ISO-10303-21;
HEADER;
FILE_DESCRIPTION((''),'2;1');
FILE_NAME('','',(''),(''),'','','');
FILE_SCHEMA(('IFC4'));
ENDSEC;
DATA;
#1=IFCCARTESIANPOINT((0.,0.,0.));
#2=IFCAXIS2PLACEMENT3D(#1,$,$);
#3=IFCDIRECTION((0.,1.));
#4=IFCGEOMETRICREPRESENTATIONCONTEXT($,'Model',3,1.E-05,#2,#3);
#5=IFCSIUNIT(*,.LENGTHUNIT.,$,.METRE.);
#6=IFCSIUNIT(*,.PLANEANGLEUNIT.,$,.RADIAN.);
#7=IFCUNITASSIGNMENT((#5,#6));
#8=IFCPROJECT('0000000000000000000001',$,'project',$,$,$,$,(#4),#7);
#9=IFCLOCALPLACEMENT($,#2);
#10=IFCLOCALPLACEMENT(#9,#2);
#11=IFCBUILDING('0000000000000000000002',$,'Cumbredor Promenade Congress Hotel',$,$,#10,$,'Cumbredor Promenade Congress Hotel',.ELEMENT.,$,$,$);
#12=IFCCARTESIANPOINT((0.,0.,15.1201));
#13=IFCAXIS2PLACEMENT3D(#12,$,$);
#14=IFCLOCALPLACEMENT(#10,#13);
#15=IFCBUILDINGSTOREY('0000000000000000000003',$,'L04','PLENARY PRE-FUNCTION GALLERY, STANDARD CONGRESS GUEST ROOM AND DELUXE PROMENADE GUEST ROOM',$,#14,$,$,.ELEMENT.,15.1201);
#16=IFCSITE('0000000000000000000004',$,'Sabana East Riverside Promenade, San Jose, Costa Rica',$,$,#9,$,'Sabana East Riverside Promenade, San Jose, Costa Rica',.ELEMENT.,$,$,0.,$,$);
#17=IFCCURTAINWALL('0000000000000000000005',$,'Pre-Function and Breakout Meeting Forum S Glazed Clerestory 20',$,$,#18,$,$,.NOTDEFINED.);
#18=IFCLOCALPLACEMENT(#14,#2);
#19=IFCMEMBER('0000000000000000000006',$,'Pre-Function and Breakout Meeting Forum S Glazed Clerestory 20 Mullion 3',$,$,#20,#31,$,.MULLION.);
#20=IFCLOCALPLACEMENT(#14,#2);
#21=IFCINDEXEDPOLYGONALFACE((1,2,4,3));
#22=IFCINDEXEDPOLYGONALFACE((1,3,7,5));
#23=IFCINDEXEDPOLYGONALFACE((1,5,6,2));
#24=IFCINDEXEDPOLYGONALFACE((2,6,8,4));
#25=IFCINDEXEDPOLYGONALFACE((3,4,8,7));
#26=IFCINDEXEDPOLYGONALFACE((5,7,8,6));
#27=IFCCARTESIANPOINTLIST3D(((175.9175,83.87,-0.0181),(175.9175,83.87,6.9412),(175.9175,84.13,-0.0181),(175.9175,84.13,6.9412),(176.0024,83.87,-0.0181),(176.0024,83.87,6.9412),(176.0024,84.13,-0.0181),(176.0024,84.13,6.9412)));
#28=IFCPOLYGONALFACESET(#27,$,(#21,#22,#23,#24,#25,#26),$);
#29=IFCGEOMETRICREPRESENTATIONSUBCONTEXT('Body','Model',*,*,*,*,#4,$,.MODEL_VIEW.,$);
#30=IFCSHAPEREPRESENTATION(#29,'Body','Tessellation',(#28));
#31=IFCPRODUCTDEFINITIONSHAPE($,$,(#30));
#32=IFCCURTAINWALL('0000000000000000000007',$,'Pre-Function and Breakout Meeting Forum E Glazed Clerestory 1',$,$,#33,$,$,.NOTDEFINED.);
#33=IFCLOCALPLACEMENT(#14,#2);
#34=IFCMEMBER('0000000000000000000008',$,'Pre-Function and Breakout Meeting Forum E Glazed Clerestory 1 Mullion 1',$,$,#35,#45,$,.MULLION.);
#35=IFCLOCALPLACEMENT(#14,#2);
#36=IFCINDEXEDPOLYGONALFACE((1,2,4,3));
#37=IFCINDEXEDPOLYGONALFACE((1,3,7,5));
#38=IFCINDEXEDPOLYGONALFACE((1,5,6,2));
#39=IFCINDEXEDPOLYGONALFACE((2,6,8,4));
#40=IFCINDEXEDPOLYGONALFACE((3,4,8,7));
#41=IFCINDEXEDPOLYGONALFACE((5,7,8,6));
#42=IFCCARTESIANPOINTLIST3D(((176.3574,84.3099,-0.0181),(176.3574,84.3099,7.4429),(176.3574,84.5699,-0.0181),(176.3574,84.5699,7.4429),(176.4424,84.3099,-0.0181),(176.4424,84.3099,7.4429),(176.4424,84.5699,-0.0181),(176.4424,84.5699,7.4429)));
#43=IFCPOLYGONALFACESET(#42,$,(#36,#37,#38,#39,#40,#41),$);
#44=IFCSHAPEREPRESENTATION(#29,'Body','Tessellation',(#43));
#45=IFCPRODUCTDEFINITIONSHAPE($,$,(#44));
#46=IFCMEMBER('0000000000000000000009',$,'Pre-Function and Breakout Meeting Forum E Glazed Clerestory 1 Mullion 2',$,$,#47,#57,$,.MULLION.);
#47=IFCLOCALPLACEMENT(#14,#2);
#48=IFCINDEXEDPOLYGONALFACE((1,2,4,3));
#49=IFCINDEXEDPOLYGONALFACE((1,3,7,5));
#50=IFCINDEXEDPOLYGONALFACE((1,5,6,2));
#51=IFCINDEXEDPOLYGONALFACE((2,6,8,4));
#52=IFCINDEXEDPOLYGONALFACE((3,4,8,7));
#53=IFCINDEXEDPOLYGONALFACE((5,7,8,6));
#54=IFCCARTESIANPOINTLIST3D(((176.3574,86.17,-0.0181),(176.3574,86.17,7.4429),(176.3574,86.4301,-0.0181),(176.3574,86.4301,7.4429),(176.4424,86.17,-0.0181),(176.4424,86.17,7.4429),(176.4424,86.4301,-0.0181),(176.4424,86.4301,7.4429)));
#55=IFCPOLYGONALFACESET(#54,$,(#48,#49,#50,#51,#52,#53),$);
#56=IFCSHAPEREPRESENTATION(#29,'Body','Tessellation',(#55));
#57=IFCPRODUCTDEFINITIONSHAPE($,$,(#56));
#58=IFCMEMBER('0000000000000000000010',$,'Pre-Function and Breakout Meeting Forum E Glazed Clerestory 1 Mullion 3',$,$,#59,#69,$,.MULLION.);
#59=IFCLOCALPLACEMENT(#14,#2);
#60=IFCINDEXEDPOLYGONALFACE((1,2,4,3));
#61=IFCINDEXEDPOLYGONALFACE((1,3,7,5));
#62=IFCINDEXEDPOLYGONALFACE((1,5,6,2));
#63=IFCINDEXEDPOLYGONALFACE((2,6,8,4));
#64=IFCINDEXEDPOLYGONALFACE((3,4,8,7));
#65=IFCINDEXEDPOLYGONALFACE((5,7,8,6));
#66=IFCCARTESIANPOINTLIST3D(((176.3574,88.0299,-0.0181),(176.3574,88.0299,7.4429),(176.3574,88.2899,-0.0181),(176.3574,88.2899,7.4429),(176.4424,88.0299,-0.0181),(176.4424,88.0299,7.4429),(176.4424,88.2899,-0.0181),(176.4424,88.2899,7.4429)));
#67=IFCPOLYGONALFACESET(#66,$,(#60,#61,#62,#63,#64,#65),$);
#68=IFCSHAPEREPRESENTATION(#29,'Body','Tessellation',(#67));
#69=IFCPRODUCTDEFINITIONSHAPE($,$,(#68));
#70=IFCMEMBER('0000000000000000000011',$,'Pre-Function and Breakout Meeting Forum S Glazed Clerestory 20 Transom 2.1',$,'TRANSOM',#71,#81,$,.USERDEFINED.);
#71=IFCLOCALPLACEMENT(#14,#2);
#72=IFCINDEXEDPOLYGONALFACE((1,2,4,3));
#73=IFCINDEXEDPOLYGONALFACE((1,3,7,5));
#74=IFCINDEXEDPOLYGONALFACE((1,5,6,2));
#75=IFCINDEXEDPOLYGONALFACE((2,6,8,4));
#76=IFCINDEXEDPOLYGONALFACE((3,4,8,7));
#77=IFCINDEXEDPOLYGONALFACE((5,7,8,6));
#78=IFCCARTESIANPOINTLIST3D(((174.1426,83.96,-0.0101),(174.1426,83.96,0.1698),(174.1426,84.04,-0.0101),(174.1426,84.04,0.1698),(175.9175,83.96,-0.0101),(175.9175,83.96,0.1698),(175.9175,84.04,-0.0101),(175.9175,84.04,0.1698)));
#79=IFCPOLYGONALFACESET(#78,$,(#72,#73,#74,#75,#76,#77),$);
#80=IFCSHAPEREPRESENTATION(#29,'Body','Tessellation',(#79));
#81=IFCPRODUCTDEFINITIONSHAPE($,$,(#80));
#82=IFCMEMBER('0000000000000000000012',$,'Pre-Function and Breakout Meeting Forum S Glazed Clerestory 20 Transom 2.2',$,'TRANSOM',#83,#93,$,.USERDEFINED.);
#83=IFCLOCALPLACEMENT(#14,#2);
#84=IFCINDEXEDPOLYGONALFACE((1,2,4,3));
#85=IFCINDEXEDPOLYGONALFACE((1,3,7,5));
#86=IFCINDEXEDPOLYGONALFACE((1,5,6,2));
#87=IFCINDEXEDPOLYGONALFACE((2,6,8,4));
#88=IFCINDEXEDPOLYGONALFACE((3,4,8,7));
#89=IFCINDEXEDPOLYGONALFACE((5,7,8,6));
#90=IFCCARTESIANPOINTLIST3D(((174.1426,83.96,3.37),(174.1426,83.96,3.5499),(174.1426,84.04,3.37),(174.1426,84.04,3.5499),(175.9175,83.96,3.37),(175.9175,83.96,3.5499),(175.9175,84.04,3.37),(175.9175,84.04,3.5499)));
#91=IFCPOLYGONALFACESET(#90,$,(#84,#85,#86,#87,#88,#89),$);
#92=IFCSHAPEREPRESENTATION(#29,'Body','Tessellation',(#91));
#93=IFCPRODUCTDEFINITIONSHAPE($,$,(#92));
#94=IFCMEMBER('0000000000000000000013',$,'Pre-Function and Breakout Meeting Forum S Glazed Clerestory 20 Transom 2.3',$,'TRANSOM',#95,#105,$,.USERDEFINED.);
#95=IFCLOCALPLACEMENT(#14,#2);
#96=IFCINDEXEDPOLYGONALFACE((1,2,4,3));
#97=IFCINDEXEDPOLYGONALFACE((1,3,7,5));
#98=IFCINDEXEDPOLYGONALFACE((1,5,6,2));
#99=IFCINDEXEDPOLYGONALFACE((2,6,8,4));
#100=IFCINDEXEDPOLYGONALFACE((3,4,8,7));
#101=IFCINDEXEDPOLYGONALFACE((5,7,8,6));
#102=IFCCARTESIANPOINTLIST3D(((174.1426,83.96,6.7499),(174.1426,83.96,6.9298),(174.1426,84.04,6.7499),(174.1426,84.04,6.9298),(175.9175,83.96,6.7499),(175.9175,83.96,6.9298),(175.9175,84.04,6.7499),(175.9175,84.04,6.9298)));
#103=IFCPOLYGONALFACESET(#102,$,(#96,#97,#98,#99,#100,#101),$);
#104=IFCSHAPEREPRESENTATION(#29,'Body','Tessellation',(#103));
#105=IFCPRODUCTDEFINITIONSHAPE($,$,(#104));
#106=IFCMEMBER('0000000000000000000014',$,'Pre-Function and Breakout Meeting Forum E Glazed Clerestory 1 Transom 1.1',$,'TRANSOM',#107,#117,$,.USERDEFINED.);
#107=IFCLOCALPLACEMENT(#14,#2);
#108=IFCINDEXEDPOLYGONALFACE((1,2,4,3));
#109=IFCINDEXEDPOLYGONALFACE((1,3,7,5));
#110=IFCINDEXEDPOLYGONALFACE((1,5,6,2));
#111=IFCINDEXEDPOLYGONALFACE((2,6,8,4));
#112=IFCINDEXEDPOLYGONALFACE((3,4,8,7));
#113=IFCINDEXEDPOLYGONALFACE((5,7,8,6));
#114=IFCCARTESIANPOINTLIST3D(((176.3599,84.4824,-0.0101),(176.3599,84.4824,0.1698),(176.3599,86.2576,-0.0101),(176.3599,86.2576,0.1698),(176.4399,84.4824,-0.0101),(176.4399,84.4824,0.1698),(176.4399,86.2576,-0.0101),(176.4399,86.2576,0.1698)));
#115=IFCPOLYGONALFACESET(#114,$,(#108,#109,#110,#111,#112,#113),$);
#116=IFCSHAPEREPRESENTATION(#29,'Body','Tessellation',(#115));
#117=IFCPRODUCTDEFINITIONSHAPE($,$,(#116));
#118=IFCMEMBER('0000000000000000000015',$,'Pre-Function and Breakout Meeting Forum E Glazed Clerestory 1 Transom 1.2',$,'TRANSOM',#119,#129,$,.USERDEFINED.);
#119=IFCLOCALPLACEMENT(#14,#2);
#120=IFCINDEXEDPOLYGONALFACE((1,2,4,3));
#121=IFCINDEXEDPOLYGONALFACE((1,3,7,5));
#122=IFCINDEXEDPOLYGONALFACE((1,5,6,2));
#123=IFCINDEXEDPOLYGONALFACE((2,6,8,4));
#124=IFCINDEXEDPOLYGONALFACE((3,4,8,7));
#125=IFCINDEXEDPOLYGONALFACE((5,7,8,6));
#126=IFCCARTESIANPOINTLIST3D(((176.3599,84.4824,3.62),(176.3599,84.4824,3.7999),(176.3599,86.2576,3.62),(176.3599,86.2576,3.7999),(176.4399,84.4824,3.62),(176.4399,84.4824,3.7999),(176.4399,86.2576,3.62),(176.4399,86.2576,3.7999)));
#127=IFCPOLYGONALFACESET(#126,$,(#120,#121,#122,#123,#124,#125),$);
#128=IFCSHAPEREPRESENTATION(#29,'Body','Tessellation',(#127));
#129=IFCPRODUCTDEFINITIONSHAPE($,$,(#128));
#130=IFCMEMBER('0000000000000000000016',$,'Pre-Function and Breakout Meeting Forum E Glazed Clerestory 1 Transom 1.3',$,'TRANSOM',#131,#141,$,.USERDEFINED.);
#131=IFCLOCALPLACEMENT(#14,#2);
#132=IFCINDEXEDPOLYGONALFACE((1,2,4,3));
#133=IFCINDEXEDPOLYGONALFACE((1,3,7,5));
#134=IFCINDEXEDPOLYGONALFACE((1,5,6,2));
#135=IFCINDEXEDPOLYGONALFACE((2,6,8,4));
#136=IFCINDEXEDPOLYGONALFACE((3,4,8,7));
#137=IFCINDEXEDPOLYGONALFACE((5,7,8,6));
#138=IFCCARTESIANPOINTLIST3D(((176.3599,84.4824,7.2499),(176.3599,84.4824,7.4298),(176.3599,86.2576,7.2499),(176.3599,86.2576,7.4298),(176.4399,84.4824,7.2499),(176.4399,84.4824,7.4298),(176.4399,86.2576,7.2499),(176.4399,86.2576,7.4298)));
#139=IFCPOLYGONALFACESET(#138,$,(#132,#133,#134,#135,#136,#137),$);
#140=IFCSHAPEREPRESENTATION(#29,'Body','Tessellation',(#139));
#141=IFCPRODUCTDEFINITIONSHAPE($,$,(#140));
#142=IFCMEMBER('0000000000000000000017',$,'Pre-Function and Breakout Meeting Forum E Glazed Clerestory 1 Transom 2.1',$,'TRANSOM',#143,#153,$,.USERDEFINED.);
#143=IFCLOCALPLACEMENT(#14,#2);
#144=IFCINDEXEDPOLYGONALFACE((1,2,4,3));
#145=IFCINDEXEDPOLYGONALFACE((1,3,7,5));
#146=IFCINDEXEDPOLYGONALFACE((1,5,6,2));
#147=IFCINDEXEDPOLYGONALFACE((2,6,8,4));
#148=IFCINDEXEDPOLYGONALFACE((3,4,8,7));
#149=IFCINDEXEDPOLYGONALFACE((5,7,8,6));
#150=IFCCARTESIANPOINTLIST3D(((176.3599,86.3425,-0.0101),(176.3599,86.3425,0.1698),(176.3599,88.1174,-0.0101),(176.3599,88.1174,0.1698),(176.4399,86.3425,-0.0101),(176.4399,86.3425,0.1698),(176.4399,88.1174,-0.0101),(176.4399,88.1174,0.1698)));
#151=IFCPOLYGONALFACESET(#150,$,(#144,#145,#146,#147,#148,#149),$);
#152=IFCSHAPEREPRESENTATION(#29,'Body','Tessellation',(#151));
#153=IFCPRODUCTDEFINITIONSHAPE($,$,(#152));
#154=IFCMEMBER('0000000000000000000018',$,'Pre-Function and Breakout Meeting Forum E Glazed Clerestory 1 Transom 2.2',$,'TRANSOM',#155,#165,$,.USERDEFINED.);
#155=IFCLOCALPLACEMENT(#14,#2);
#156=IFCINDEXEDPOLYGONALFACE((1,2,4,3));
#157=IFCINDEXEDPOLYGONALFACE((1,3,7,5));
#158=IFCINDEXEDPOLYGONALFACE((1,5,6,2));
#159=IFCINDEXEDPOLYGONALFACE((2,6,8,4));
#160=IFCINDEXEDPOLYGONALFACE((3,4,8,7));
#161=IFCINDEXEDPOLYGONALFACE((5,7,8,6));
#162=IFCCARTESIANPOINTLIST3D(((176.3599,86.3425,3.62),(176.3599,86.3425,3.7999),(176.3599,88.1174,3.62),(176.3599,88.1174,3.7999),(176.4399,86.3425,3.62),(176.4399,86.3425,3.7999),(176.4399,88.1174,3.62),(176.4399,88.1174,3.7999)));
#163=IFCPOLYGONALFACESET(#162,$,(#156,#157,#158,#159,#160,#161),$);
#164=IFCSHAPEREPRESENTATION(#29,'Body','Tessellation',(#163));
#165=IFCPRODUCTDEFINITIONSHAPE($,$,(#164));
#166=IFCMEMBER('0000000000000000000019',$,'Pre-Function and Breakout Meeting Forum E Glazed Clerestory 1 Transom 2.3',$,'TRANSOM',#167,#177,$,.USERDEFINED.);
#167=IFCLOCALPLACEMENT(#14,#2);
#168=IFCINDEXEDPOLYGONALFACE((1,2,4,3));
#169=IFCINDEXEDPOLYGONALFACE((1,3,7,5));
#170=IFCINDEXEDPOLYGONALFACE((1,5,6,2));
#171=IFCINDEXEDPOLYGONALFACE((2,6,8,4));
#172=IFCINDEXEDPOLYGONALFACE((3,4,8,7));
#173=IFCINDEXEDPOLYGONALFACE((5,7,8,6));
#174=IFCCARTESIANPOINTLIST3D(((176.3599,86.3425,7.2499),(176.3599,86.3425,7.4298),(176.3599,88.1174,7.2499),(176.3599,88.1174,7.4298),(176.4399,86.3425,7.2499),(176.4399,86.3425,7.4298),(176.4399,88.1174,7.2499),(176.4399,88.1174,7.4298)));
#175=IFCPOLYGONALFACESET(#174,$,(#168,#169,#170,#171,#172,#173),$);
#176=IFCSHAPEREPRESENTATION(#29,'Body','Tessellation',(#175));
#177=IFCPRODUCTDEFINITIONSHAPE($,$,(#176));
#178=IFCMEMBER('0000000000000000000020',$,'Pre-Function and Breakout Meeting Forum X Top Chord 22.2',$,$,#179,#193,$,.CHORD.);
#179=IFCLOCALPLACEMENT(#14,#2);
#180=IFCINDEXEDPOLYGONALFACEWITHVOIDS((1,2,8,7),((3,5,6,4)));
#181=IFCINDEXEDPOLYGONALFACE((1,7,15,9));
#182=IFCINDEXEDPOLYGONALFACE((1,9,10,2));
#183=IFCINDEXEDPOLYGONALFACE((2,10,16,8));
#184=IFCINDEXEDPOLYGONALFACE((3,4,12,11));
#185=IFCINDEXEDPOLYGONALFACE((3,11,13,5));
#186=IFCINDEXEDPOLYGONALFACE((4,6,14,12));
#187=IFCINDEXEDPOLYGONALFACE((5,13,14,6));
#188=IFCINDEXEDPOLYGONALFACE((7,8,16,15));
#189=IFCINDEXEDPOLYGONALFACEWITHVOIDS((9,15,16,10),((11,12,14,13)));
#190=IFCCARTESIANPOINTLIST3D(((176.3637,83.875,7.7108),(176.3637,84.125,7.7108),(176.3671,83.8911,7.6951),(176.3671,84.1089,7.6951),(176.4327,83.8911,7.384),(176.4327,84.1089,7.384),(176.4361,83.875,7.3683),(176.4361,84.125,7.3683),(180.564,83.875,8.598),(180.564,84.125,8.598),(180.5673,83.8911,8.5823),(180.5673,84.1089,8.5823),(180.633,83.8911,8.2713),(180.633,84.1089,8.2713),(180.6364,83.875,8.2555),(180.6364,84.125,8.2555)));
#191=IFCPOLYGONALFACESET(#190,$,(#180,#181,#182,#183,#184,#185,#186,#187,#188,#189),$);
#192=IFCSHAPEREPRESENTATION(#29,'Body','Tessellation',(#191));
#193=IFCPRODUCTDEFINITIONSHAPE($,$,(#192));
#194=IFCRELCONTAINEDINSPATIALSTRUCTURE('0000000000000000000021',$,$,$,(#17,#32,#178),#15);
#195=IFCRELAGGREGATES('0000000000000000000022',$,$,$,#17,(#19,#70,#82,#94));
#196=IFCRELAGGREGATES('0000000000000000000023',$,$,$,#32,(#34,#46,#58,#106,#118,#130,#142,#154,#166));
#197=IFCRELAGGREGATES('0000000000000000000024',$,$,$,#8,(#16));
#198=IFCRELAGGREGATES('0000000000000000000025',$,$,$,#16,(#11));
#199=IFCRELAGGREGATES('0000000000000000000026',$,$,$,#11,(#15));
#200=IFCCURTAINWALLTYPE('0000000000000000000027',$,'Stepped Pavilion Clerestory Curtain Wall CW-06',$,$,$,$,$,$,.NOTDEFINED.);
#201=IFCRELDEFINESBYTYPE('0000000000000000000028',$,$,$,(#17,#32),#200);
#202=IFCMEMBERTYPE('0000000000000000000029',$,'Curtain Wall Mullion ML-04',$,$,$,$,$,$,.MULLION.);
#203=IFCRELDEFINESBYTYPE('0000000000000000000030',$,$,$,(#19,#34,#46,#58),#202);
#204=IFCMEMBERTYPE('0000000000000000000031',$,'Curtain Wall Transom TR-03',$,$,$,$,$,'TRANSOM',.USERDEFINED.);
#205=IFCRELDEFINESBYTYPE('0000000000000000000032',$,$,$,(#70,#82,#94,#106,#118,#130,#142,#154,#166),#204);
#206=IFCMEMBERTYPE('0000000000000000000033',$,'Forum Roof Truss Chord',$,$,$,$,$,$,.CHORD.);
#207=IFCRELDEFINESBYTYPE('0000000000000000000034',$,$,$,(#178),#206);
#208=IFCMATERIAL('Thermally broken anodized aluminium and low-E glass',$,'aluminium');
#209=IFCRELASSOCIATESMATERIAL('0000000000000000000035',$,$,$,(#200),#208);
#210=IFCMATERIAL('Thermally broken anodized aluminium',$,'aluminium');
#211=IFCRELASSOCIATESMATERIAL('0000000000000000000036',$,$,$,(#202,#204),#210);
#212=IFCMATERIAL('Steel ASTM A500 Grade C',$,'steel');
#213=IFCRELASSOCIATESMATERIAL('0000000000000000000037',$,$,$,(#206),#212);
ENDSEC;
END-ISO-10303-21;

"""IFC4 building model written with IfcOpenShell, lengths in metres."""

from ifc_helpers import new_model, si_unit, direction, frame, origin, origin_2d, place, context, subcontext, project, spatial, rectangle, hollow_rectangle, extrude, material, material_profile, profile_set, type_object, element, aggregate, save


model = new_model("IFC4")

# Units and contexts
model_context = context("Model", 3, precision=1e-05, world=origin(), true_north=direction((0.0, 1.0)))
body_context = subcontext(model_context, "Body", "Model", "MODEL_VIEW")
ifc_project = project(units=[si_unit("LENGTHUNIT", "METRE"), si_unit("PLANEANGLEUNIT", "RADIAN")], contexts=[model_context])

# Site, building, storey
site_placement = place(None, origin())
site = spatial("IfcSite", under=ifc_project, at=site_placement, Name="Sabana East Riverside Promenade, San Jose, Costa Rica", LongName="Sabana East Riverside Promenade, San Jose, Costa Rica", CompositionType="ELEMENT", RefElevation=0.0)
building_placement = place(site_placement, origin())
building = spatial("IfcBuilding", under=site, at=building_placement, Name="Cumbredor Promenade Congress Hotel", LongName="Cumbredor Promenade Congress Hotel", CompositionType="ELEMENT")
storey_placement = place(building_placement, frame((0.0, 0.0, 15.1201)))
storey = spatial("IfcBuildingStorey", under=building, at=storey_placement, Name="L04", Description="PLENARY PRE-FUNCTION GALLERY, STANDARD CONGRESS GUEST ROOM AND DELUXE PROMENADE GUEST ROOM", CompositionType="ELEMENT", Elevation=15.1201)

# Curtain wall, member
ifc_material_1 = material(Name="Thermally broken anodized aluminium and low-E glass", Category="aluminium")
curtain_wall_type = type_object("IfcCurtainWallType", Name="Stepped Pavilion Clerestory Curtain Wall CW-06", PredefinedType="NOTDEFINED", material=ifc_material_1)
curtain_wall_1_placement = place(storey_placement, origin())
curtain_wall_1 = element("IfcCurtainWall", 1, at=curtain_wall_1_placement, inside=storey, type_object=curtain_wall_type, Name="Pre-Function and Breakout Meeting Forum S Glazed Clerestory 20", PredefinedType="NOTDEFINED")
ifc_material_2 = material(Name="Thermally broken anodized aluminium", Category="aluminium")
ifc_material_profile_1 = material_profile(ifc_material_2, rectangle(XDim=0.085, YDim=0.26, at=origin_2d()), Name="ALU MULLION CLERESTORY 85x260")
ifc_profile_set_1 = profile_set([ifc_material_profile_1], Name="Thermally broken anodized aluminium")
member_type_1 = type_object("IfcMemberType", Name="Curtain Wall Mullion ML-04", PredefinedType="MULLION", material=ifc_profile_set_1)
member_1_placement = place(storey_placement, frame((175.96, 84.0, -0.0181), z_axis=(0.0, 0.0, 1.0), x_axis=(1.0, 0.0, 0.0)))
member_1 = element("IfcMember", 2, at=member_1_placement, type_object=member_type_1, Name="Pre-Function and Breakout Meeting Forum S Glazed Clerestory 20 Mullion 3", PredefinedType="MULLION", context=body_context, shape_type="SweptSolid", body=[
    extrude(rectangle(XDim=0.085, YDim=0.26, at=origin_2d()), origin(), (0.0, 0.0, 1.0), 6.9592),
])

# Curtain wall, members
curtain_wall_2_placement = place(storey_placement, origin())
curtain_wall_2 = element("IfcCurtainWall", 3, at=curtain_wall_2_placement, inside=storey, type_object=curtain_wall_type, Name="Pre-Function and Breakout Meeting Forum E Glazed Clerestory 1", PredefinedType="NOTDEFINED")
member_2_placement = place(storey_placement, frame((176.3999, 84.4399, -0.0181), z_axis=(0.0, 0.0, 1.0), x_axis=(1.0, 0.0, 0.0)))
member_2 = element("IfcMember", 4, at=member_2_placement, type_object=member_type_1, Name="Pre-Function and Breakout Meeting Forum E Glazed Clerestory 1 Mullion 1", PredefinedType="MULLION", context=body_context, shape_type="SweptSolid", body=[
    extrude(rectangle(XDim=0.085, YDim=0.26, at=origin_2d()), origin(), (0.0, 0.0, 1.0), 7.4609),
])
member_3_placement = place(storey_placement, frame((176.3999, 86.3, -0.0181), z_axis=(0.0, 0.0, 1.0), x_axis=(1.0, 0.0, 0.0)))
member_3 = element("IfcMember", 5, at=member_3_placement, type_object=member_type_1, Name="Pre-Function and Breakout Meeting Forum E Glazed Clerestory 1 Mullion 2", PredefinedType="MULLION", context=body_context, shape_type="SweptSolid", body=[
    extrude(rectangle(XDim=0.085, YDim=0.26, at=origin_2d()), origin(), (0.0, 0.0, 1.0), 7.4609),
])
member_4_placement = place(storey_placement, frame((176.3999, 88.1599, -0.0181), z_axis=(0.0, 0.0, 1.0), x_axis=(1.0, 0.0, 0.0)))
member_4 = element("IfcMember", 6, at=member_4_placement, type_object=member_type_1, Name="Pre-Function and Breakout Meeting Forum E Glazed Clerestory 1 Mullion 3", PredefinedType="MULLION", context=body_context, shape_type="SweptSolid", body=[
    extrude(rectangle(XDim=0.085, YDim=0.26, at=origin_2d()), origin(), (0.0, 0.0, 1.0), 7.4609),
])

# Members
ifc_material_profile_2 = material_profile(ifc_material_2, rectangle(XDim=0.0801, YDim=0.1799, at=origin_2d()), Name="ALU TRANSOM 80x180")
ifc_profile_set_2 = profile_set([ifc_material_profile_2], Name="Thermally broken anodized aluminium")
member_type_2 = type_object("IfcMemberType", Name="Curtain Wall Transom TR-03", ElementType="TRANSOM", PredefinedType="USERDEFINED", material=ifc_profile_set_2)
member_5_placement = place(storey_placement, frame((174.1426, 84.0, 0.0798), z_axis=(1.0, 0.0, 0.0), x_axis=(0.0, 1.0, 0.0)))
member_5 = element("IfcMember", 7, at=member_5_placement, type_object=member_type_2, Name="Pre-Function and Breakout Meeting Forum S Glazed Clerestory 20 Transom 2.1", ObjectType="TRANSOM", PredefinedType="USERDEFINED", context=body_context, shape_type="SweptSolid", body=[
    extrude(rectangle(XDim=0.0801, YDim=0.1799, at=origin_2d()), origin(), (0.0, 0.0, 1.0), 1.7749),
])
member_6_placement = place(storey_placement, frame((174.1426, 84.0, 3.46), z_axis=(1.0, 0.0, 0.0), x_axis=(0.0, 1.0, 0.0)))
member_6 = element("IfcMember", 8, at=member_6_placement, type_object=member_type_2, Name="Pre-Function and Breakout Meeting Forum S Glazed Clerestory 20 Transom 2.2", ObjectType="TRANSOM", PredefinedType="USERDEFINED", context=body_context, shape_type="SweptSolid", body=[
    extrude(rectangle(XDim=0.0801, YDim=0.1799, at=origin_2d()), origin(), (0.0, 0.0, 1.0), 1.7749),
])
member_7_placement = place(storey_placement, frame((174.1426, 84.0, 6.8398), z_axis=(1.0, 0.0, 0.0), x_axis=(0.0, 1.0, 0.0)))
member_7 = element("IfcMember", 9, at=member_7_placement, type_object=member_type_2, Name="Pre-Function and Breakout Meeting Forum S Glazed Clerestory 20 Transom 2.3", ObjectType="TRANSOM", PredefinedType="USERDEFINED", context=body_context, shape_type="SweptSolid", body=[
    extrude(rectangle(XDim=0.0801, YDim=0.1799, at=origin_2d()), origin(), (0.0, 0.0, 1.0), 1.7749),
])
member_8_placement = place(storey_placement, frame((176.3999, 84.4824, 0.0798), z_axis=(0.0, 1.0, 0.0), x_axis=(-1.0, 0.0, 0.0)))
member_8 = element("IfcMember", 10, at=member_8_placement, type_object=member_type_2, Name="Pre-Function and Breakout Meeting Forum E Glazed Clerestory 1 Transom 1.1", ObjectType="TRANSOM", PredefinedType="USERDEFINED", context=body_context, shape_type="SweptSolid", body=[
    extrude(rectangle(XDim=0.0801, YDim=0.1799, at=origin_2d()), origin(), (0.0, 0.0, 1.0), 1.7751),
])
member_9_placement = place(storey_placement, frame((176.3999, 84.4824, 3.71), z_axis=(0.0, 1.0, 0.0), x_axis=(-1.0, 0.0, 0.0)))
member_9 = element("IfcMember", 11, at=member_9_placement, type_object=member_type_2, Name="Pre-Function and Breakout Meeting Forum E Glazed Clerestory 1 Transom 1.2", ObjectType="TRANSOM", PredefinedType="USERDEFINED", context=body_context, shape_type="SweptSolid", body=[
    extrude(rectangle(XDim=0.0801, YDim=0.1799, at=origin_2d()), origin(), (0.0, 0.0, 1.0), 1.7751),
])
member_10_placement = place(storey_placement, frame((176.3999, 84.4824, 7.3398), z_axis=(0.0, 1.0, 0.0), x_axis=(-1.0, 0.0, 0.0)))
member_10 = element("IfcMember", 12, at=member_10_placement, type_object=member_type_2, Name="Pre-Function and Breakout Meeting Forum E Glazed Clerestory 1 Transom 1.3", ObjectType="TRANSOM", PredefinedType="USERDEFINED", context=body_context, shape_type="SweptSolid", body=[
    extrude(rectangle(XDim=0.0801, YDim=0.1799, at=origin_2d()), origin(), (0.0, 0.0, 1.0), 1.7751),
])
member_11_placement = place(storey_placement, frame((176.3999, 86.3425, 0.0798), z_axis=(0.0, 1.0, 0.0), x_axis=(-1.0, 0.0, 0.0)))
member_11 = element("IfcMember", 13, at=member_11_placement, type_object=member_type_2, Name="Pre-Function and Breakout Meeting Forum E Glazed Clerestory 1 Transom 2.1", ObjectType="TRANSOM", PredefinedType="USERDEFINED", context=body_context, shape_type="SweptSolid", body=[
    extrude(rectangle(XDim=0.0801, YDim=0.1799, at=origin_2d()), origin(), (0.0, 0.0, 1.0), 1.7749),
])
member_12_placement = place(storey_placement, frame((176.3999, 86.3425, 3.71), z_axis=(0.0, 1.0, 0.0), x_axis=(-1.0, 0.0, 0.0)))
member_12 = element("IfcMember", 14, at=member_12_placement, type_object=member_type_2, Name="Pre-Function and Breakout Meeting Forum E Glazed Clerestory 1 Transom 2.2", ObjectType="TRANSOM", PredefinedType="USERDEFINED", context=body_context, shape_type="SweptSolid", body=[
    extrude(rectangle(XDim=0.0801, YDim=0.1799, at=origin_2d()), origin(), (0.0, 0.0, 1.0), 1.7749),
])
member_13_placement = place(storey_placement, frame((176.3999, 86.3425, 7.3398), z_axis=(0.0, 1.0, 0.0), x_axis=(-1.0, 0.0, 0.0)))
member_13 = element("IfcMember", 15, at=member_13_placement, type_object=member_type_2, Name="Pre-Function and Breakout Meeting Forum E Glazed Clerestory 1 Transom 2.3", ObjectType="TRANSOM", PredefinedType="USERDEFINED", context=body_context, shape_type="SweptSolid", body=[
    extrude(rectangle(XDim=0.0801, YDim=0.1799, at=origin_2d()), origin(), (0.0, 0.0, 1.0), 1.7749),
])

# Member
ifc_material_3 = material(Name="Steel ASTM A500 Grade C", Category="steel")
ifc_material_profile_3 = material_profile(ifc_material_3, hollow_rectangle(XDim=0.25, YDim=0.3501, WallThickness=0.0161, at=origin_2d()), Name="HSS 350x250x16")
ifc_profile_set_3 = profile_set([ifc_material_profile_3], Name="Steel ASTM A500 Grade C")
member_type_3 = type_object("IfcMemberType", Name="Forum Roof Truss Chord", PredefinedType="CHORD", material=ifc_profile_set_3)
for number, where, z_axis, x_axis, name in (
    (16, (176.3999, 84.0, 7.5396), (0.978411, 0.0, 0.20667), (0.0, 1.0, 0.0), "Pre-Function and Breakout Meeting Forum X Top Chord 22.2"),
):
    element("IfcMember", number, at=place(storey_placement, frame(where, z_axis=z_axis, x_axis=x_axis)), inside=storey, type_object=member_type_3, Name=name, PredefinedType="CHORD", context=body_context, shape_type="SweptSolid", body=[
        extrude(hollow_rectangle(XDim=0.25, YDim=0.3501, WallThickness=0.0161, at=origin_2d()), origin(), (0.0, 0.0, 1.0), 4.293),
    ])

aggregate(curtain_wall_1, [member_1, member_5, member_6, member_7])
aggregate(curtain_wall_2, [member_2, member_3, member_4, member_8, member_9, member_10, member_11, member_12, member_13])

save(model, "model.ifc")
